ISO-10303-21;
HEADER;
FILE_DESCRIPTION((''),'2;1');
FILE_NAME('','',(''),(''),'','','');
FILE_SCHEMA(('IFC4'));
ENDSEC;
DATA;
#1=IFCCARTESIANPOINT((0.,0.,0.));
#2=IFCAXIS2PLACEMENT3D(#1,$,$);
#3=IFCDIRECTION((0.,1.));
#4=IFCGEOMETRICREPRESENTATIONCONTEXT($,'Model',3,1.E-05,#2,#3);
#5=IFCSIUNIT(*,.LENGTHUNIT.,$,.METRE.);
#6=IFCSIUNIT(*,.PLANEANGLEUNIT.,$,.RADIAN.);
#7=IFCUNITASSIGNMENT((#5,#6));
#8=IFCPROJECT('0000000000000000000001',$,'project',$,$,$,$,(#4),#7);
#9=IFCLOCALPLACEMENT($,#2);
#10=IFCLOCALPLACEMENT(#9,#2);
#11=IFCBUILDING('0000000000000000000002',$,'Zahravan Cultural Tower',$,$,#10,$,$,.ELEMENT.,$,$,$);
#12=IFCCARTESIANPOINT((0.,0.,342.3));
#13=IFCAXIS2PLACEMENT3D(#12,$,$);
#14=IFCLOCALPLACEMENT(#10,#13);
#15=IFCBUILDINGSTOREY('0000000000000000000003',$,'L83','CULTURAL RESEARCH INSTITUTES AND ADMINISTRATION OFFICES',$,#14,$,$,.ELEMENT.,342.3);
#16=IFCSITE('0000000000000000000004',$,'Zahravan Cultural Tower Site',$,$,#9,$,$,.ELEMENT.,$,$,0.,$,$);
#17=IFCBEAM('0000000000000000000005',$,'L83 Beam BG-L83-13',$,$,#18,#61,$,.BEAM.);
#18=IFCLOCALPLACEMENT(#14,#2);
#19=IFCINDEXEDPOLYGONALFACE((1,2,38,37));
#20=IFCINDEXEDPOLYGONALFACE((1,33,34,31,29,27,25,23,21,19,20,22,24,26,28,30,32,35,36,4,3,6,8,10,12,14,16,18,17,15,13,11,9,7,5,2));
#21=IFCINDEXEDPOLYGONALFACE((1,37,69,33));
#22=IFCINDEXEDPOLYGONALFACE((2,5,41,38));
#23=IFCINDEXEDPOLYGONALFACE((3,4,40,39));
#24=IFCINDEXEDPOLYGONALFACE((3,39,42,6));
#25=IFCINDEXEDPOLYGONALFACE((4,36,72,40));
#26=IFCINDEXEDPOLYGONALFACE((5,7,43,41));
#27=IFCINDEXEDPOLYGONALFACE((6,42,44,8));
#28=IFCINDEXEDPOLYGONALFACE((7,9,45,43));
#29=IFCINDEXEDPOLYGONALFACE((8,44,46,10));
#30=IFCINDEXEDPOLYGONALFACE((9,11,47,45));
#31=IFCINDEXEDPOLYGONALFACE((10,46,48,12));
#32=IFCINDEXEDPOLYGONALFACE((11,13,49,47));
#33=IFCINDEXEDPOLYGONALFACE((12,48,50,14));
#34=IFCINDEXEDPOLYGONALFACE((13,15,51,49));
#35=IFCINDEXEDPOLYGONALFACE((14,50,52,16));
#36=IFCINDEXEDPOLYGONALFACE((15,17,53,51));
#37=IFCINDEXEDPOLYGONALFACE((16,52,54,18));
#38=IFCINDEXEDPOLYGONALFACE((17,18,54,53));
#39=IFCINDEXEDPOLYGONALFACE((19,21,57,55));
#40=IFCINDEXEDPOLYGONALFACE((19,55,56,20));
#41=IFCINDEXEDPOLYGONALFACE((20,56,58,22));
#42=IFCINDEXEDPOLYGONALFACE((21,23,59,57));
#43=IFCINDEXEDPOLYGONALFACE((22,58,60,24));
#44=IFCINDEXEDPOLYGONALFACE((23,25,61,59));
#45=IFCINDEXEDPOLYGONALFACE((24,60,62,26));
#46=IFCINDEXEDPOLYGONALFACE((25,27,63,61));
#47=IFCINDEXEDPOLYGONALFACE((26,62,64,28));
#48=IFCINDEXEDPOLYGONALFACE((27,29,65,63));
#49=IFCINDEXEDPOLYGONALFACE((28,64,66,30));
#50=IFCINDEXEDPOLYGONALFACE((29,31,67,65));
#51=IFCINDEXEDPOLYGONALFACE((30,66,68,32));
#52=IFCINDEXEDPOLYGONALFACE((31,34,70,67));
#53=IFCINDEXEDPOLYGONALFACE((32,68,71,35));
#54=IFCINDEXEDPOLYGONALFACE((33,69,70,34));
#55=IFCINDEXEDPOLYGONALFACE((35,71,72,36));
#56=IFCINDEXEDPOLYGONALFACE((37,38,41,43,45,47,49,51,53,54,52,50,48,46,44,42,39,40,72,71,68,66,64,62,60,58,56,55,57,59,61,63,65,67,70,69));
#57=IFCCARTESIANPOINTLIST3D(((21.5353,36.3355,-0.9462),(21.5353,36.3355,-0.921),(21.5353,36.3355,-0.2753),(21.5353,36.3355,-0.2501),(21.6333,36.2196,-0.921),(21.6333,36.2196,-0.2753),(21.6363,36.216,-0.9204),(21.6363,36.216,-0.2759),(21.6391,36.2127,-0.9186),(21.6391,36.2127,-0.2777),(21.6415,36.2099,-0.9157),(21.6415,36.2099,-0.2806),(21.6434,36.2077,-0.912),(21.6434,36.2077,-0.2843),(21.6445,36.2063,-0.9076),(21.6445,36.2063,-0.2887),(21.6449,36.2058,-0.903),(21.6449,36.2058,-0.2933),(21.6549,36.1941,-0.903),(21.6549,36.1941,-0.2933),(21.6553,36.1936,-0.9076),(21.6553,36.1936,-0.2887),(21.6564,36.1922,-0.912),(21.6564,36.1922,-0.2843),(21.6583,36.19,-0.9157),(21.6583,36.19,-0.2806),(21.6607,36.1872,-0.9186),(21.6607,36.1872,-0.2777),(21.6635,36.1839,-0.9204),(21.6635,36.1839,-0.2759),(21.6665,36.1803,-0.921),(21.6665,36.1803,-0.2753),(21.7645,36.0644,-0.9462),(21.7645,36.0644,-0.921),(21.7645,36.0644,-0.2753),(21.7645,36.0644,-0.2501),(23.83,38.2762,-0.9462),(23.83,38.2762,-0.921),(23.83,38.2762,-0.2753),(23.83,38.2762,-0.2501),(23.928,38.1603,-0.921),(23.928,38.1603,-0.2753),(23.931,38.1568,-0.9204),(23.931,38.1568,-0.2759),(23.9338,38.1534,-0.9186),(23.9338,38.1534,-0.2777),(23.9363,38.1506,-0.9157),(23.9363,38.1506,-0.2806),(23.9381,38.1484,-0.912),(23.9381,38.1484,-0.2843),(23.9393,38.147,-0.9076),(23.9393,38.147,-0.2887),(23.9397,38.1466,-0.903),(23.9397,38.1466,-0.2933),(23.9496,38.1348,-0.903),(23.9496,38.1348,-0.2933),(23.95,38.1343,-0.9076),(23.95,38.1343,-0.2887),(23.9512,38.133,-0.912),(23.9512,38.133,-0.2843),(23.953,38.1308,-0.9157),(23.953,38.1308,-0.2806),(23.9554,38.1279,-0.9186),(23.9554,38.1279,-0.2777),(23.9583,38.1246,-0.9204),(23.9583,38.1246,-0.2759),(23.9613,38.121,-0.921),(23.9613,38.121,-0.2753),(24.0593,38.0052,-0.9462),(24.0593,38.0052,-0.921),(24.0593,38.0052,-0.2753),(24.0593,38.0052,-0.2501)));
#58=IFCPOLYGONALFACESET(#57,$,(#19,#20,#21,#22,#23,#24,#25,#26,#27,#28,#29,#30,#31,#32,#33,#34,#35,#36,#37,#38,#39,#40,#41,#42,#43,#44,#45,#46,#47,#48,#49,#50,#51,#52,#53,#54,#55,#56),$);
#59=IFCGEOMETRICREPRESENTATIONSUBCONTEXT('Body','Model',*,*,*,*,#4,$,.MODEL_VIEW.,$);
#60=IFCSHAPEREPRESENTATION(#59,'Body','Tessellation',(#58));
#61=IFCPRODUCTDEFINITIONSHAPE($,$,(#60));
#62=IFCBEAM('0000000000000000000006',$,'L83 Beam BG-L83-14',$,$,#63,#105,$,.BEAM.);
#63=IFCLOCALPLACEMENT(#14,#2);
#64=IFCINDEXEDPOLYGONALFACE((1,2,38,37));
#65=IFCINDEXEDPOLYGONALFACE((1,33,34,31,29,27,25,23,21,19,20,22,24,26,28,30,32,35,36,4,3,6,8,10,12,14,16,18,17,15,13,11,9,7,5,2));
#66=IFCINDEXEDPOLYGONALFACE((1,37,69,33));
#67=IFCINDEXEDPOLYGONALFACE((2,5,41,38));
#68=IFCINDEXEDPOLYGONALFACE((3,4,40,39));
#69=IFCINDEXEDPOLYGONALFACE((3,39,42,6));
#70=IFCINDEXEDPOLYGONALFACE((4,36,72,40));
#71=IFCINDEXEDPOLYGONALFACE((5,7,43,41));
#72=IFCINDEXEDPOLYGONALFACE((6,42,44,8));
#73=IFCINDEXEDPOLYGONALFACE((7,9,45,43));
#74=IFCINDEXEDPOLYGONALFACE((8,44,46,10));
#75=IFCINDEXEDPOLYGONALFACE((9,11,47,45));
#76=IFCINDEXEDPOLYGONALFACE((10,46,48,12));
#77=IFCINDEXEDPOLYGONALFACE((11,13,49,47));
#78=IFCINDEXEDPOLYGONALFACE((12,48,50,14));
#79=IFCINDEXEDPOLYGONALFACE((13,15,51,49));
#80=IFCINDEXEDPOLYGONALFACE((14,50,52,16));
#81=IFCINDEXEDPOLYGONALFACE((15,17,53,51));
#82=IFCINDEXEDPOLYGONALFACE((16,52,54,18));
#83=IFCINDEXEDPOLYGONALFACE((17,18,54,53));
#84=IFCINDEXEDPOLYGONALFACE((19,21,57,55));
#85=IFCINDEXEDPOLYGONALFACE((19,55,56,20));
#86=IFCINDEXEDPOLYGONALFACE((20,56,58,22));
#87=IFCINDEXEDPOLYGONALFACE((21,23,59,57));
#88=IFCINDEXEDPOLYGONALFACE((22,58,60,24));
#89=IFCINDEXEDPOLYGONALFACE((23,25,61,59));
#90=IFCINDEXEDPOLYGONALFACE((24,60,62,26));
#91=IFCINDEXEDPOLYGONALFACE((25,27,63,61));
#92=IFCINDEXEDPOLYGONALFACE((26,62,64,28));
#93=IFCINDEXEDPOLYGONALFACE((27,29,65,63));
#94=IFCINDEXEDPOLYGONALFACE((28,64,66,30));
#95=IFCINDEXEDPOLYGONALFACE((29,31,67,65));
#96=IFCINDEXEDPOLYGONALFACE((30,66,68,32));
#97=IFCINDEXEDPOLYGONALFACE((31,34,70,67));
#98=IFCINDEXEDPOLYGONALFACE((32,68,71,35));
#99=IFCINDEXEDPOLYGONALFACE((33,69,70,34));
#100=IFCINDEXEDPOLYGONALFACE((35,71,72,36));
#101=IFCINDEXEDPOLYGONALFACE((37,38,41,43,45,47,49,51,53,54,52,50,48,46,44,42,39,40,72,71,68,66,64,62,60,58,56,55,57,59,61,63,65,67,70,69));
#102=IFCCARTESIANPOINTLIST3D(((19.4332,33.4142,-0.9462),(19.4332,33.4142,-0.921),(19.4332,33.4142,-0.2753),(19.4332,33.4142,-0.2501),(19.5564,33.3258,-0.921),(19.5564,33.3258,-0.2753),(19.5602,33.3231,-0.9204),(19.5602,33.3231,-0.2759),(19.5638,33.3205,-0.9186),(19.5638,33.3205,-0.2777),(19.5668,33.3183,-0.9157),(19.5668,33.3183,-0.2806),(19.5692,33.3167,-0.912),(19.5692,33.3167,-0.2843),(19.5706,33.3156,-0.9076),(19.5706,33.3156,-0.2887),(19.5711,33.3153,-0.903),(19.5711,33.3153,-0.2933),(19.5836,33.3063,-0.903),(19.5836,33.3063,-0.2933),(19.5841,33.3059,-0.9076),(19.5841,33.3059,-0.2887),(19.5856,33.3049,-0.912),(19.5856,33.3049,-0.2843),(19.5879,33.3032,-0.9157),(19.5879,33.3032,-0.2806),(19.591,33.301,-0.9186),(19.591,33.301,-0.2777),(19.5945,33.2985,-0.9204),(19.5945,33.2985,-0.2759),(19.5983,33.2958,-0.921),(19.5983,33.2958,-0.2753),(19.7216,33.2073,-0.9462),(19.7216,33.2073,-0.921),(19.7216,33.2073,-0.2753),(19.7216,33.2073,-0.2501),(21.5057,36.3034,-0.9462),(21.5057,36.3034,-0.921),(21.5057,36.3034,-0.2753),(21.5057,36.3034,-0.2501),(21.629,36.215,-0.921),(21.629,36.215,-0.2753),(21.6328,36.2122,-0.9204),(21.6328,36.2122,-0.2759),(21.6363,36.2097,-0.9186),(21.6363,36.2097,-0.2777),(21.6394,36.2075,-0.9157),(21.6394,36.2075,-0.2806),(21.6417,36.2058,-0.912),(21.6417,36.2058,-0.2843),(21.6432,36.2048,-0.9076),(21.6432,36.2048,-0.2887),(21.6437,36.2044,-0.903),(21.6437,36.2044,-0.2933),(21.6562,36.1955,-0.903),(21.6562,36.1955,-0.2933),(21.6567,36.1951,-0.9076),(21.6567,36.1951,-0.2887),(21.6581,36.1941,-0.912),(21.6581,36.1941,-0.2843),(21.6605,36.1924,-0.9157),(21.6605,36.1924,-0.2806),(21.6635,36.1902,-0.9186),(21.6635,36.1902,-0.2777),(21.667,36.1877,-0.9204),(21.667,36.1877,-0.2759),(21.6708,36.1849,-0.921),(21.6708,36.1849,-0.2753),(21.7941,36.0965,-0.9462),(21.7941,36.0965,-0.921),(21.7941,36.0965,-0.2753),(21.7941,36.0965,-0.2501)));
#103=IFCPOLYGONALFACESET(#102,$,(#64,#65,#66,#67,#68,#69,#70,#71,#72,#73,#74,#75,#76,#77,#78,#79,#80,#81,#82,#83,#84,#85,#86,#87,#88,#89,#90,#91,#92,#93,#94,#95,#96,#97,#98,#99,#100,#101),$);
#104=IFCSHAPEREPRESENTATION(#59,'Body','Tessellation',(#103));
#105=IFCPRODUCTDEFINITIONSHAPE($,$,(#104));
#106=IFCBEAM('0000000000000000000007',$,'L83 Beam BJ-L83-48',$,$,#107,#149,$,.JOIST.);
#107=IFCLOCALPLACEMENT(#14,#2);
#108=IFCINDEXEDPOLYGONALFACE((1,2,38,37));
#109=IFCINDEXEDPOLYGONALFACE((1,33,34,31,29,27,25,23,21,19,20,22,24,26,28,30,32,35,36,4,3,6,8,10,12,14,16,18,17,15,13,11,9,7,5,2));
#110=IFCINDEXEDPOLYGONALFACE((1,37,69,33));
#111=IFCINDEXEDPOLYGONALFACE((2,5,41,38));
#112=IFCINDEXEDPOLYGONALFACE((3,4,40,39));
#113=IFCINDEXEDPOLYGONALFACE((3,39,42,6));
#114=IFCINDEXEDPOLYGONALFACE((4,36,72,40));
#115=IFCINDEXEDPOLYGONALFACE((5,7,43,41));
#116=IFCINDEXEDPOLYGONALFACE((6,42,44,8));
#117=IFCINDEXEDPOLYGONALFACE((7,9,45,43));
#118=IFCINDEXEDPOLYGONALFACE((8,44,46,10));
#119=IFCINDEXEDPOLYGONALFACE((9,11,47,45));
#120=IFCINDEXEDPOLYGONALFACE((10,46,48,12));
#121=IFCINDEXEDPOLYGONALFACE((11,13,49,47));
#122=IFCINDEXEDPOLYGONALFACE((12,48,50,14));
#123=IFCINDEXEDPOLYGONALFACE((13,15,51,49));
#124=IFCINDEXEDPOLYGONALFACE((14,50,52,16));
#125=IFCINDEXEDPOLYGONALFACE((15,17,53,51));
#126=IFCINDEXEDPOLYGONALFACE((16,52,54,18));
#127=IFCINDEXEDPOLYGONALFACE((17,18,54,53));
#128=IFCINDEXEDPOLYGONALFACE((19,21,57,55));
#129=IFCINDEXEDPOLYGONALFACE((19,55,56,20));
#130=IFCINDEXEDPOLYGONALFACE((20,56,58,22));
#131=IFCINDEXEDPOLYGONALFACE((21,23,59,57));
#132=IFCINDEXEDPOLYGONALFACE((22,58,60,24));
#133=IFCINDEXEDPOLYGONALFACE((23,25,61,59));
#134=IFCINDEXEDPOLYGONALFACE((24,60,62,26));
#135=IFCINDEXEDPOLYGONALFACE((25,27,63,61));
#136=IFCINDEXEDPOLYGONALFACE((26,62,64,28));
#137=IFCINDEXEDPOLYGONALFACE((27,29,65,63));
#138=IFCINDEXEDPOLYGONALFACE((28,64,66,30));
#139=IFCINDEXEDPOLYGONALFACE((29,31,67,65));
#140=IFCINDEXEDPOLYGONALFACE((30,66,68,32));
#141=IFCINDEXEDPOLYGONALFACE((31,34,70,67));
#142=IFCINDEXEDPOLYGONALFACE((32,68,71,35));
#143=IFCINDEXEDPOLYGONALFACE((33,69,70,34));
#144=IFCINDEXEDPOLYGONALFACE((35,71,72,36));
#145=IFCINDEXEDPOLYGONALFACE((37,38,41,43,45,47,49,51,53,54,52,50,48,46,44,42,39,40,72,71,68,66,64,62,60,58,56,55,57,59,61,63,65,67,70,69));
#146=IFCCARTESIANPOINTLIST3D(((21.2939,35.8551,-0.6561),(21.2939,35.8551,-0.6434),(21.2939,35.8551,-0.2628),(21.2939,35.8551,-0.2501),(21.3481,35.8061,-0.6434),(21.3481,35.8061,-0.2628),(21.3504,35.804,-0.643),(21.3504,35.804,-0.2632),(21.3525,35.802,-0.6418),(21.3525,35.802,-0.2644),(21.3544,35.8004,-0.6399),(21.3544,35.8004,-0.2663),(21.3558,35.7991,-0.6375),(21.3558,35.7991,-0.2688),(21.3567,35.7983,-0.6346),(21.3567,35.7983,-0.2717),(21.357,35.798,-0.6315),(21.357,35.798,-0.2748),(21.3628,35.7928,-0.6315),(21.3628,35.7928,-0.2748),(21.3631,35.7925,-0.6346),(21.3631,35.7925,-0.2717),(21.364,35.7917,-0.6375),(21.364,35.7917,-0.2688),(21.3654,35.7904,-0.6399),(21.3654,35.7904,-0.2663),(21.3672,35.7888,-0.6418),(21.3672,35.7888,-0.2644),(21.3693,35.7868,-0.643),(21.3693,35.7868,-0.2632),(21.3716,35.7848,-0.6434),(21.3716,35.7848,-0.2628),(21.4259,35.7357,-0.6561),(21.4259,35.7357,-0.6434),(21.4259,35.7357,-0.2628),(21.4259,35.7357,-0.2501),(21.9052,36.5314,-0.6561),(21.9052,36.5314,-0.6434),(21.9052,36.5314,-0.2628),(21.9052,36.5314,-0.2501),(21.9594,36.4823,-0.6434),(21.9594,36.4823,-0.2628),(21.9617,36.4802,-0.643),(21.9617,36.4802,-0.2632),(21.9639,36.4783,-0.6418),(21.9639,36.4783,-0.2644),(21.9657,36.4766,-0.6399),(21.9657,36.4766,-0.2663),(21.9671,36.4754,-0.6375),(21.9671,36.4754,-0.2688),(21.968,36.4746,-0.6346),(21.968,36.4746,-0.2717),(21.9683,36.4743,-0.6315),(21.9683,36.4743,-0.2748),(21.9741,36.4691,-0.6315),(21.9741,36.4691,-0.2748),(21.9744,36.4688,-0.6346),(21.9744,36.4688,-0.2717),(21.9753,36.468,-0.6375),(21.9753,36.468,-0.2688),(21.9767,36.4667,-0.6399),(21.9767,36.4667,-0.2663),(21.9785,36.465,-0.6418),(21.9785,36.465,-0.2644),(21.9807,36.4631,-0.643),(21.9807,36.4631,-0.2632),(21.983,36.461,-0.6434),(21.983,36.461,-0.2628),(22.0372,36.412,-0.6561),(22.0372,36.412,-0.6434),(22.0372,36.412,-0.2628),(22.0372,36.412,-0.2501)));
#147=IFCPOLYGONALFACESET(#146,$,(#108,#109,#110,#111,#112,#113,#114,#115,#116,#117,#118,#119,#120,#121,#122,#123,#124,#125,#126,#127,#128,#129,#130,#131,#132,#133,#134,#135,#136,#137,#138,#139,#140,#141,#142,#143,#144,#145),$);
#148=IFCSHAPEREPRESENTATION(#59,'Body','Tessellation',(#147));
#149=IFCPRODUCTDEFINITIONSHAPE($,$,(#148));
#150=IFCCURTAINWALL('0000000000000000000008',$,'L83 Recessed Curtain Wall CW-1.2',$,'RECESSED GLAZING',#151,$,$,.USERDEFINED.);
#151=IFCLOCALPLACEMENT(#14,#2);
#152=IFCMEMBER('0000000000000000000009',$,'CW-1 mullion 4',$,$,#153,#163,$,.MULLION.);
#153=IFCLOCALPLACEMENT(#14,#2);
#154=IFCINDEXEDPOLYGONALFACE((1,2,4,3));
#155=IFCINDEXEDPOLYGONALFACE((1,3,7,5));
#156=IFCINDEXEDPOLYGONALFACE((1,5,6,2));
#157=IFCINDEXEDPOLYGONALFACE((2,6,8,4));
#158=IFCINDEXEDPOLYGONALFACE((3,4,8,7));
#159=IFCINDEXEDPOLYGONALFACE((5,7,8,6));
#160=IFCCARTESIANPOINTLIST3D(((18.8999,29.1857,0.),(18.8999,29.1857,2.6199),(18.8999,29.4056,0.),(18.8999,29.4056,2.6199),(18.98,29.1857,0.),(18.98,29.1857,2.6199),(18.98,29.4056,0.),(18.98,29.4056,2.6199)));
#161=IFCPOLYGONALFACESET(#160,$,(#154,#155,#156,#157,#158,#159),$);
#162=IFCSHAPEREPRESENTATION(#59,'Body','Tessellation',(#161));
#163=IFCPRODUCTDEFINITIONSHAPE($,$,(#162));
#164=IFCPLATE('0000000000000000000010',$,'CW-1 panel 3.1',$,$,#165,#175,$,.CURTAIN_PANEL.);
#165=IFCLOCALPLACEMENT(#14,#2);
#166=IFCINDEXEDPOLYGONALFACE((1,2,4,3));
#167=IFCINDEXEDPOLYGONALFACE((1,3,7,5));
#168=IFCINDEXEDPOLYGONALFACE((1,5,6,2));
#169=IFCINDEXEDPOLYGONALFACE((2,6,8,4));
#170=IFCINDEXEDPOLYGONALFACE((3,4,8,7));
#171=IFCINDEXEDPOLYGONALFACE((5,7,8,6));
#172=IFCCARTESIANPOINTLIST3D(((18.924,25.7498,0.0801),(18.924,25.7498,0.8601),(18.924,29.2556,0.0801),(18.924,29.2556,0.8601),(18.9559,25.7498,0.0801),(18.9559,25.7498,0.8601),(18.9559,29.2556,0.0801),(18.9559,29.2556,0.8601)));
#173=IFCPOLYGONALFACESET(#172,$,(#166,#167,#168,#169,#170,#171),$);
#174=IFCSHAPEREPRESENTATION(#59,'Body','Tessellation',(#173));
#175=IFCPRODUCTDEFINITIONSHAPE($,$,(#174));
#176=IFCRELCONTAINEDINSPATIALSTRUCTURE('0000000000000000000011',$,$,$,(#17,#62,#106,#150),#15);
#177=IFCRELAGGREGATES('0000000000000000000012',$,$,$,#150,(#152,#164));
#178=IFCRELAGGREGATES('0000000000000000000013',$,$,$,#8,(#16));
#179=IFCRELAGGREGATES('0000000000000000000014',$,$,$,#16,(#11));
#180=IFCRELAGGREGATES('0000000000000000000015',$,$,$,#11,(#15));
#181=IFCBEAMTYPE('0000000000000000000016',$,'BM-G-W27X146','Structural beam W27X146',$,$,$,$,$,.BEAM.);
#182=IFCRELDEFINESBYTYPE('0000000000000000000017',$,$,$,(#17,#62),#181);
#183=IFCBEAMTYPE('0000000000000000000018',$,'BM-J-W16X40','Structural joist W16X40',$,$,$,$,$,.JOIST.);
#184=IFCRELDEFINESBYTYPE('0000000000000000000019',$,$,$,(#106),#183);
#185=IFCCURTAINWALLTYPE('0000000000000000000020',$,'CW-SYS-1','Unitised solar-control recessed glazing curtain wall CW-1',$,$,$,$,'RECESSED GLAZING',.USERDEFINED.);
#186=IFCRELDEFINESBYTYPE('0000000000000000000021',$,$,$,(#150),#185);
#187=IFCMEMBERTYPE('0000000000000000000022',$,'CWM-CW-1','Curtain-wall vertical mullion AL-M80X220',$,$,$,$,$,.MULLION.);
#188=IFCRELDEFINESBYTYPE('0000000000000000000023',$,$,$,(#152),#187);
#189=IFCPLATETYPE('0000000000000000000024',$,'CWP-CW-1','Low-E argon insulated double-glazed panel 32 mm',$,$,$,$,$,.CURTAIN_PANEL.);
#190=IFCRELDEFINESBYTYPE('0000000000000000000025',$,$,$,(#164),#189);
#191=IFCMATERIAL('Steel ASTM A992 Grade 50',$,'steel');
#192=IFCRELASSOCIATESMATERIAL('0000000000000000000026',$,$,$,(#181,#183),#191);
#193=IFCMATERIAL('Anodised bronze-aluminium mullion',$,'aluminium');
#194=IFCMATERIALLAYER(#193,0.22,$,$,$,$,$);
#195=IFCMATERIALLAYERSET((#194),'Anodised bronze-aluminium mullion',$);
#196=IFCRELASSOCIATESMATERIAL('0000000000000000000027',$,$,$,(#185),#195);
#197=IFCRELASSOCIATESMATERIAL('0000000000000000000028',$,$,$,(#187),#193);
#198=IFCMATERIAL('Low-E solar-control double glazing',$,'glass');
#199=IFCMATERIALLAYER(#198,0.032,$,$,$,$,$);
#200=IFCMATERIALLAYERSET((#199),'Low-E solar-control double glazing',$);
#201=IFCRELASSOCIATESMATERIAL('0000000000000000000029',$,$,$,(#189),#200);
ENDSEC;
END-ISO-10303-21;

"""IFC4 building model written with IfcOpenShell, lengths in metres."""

from ifc_helpers import new_model, si_unit, direction, frame, origin, origin_2d, place, context, subcontext, project, spatial, rectangle, i_section, extrude, source, transform, mapped, material, layer, layer_set, material_profile, profile_set, type_object, element, aggregate, save


model = new_model("IFC4")

# Units and contexts
model_context = context("Model", 3, precision=1e-05, world=origin(), true_north=direction((0.0, 1.0)))
body_context = subcontext(model_context, "Body", "Model", "MODEL_VIEW")
ifc_project = project(units=[si_unit("LENGTHUNIT", "METRE"), si_unit("PLANEANGLEUNIT", "RADIAN")], contexts=[model_context])

# Site, building, storey
site_placement = place(None, origin())
site = spatial("IfcSite", under=ifc_project, at=site_placement, Name="Zahravan Cultural Tower Site", CompositionType="ELEMENT", RefElevation=0.0)
building_placement = place(site_placement, origin())
building = spatial("IfcBuilding", under=site, at=building_placement, Name="Zahravan Cultural Tower", CompositionType="ELEMENT")
storey_placement = place(building_placement, frame((0.0, 0.0, 342.3)))
storey = spatial("IfcBuildingStorey", under=building, at=storey_placement, Name="L83", Description="CULTURAL RESEARCH INSTITUTES AND ADMINISTRATION OFFICES", CompositionType="ELEMENT", Elevation=342.3)

# Shared definitions
ifc_material_1 = material(Name="Steel ASTM A992 Grade 50", Category="steel")

# Beams
ifc_material_profile_1 = material_profile(ifc_material_1, i_section(OverallWidth=0.355, OverallDepth=0.696, WebThickness=0.0154, FlangeThickness=0.0251, FilletRadius=0.0181, at=origin_2d()), Name="W27X146")
ifc_profile_set_1 = profile_set([ifc_material_profile_1], Name="Steel ASTM A992 Grade 50")
beam_type_1 = type_object("IfcBeamType", Name="BM-G-W27X146", Description="Structural beam W27X146", PredefinedType="BEAM", material=ifc_profile_set_1)
shared_shape_1 = source(origin(), body_context, "Body", "SweptSolid", [
    extrude(i_section(OverallWidth=0.355, OverallDepth=0.696, WebThickness=0.0154, FlangeThickness=0.0251, FilletRadius=0.0181, at=origin_2d()), origin(), (0.0, 0.0, 1.0), 3.0054),
])
beam_1_placement = place(storey_placement, frame((21.6499, 36.2, -0.5981), z_axis=(0.763546, 0.645753, 0.0), x_axis=(-0.645753, 0.763546, 0.0)))
element("IfcBeam", 1, at=beam_1_placement, inside=storey, type_object=beam_type_1, Name="L83 Beam BG-L83-13", PredefinedType="BEAM", context=body_context, shape_type="MappedRepresentation", body=[
    mapped(shared_shape_1, transform((0.0, 0.0, 0.0), x_axis=(1.0, 0.0, 0.0), y_axis=(0.0, 1.0, 0.0), z_axis=(0.0, 0.0, 1.0), scale=1.0)),
])
shared_shape_2 = source(origin(), body_context, "Body", "SweptSolid", [
    extrude(i_section(OverallWidth=0.355, OverallDepth=0.696, WebThickness=0.0154, FlangeThickness=0.0251, FilletRadius=0.0181, at=origin_2d()), origin(), (0.0, 0.0, 1.0), 3.5557),
])
beam_2_placement = place(storey_placement, frame((21.6499, 36.2, -0.5981), z_axis=(-0.58288, -0.812558, 0.0), x_axis=(0.812558, -0.58288, 0.0)))
element("IfcBeam", 2, at=beam_2_placement, inside=storey, type_object=beam_type_1, Name="L83 Beam BG-L83-14", PredefinedType="BEAM", context=body_context, shape_type="MappedRepresentation", body=[
    mapped(shared_shape_2, transform((0.0, 0.0, 0.0), x_axis=(1.0, 0.0, 0.0), y_axis=(0.0, 1.0, 0.0), z_axis=(0.0, 0.0, 1.0), scale=1.0)),
])
ifc_material_profile_2 = material_profile(ifc_material_1, i_section(OverallWidth=0.178, OverallDepth=0.406, WebThickness=0.0078, FlangeThickness=0.0127, FilletRadius=0.012, at=origin_2d()), Name="W16X40")
ifc_profile_set_2 = profile_set([ifc_material_profile_2], Name="Steel ASTM A992 Grade 50")
beam_type_2 = type_object("IfcBeamType", Name="BM-J-W16X40", Description="Structural joist W16X40", PredefinedType="JOIST", material=ifc_profile_set_2)
shared_shape_3 = source(origin(), body_context, "Body", "SweptSolid", [
    extrude(i_section(OverallWidth=0.178, OverallDepth=0.406, WebThickness=0.0078, FlangeThickness=0.0127, FilletRadius=0.012, at=origin_2d()), origin(), (0.0, 0.0, 1.0), 0.9116),
])
beam_3_placement = place(storey_placement, frame((21.9712, 36.4717, -0.4531), z_axis=(-0.670591, -0.741828, 0.0), x_axis=(0.741828, -0.670591, 0.0)))
element("IfcBeam", 3, at=beam_3_placement, inside=storey, type_object=beam_type_2, Name="L83 Beam BJ-L83-48", PredefinedType="JOIST", context=body_context, shape_type="MappedRepresentation", body=[
    mapped(shared_shape_3, transform((0.0, 0.0, 0.0), x_axis=(1.0, 0.0, 0.0), y_axis=(0.0, 1.0, 0.0), z_axis=(0.0, 0.0, 1.0), scale=1.0)),
])

# Curtain wall, member, plate
ifc_material_2 = material(Name="Anodised bronze-aluminium mullion", Category="aluminium")
ifc_layer_1 = layer(ifc_material_2, 0.22)
ifc_layer_set_1 = layer_set([ifc_layer_1], Name="Anodised bronze-aluminium mullion")
curtain_wall_type = type_object("IfcCurtainWallType", Name="CW-SYS-1", Description="Unitised solar-control recessed glazing curtain wall CW-1", ElementType="RECESSED GLAZING", PredefinedType="USERDEFINED", material=ifc_layer_set_1)
curtain_wall_placement = place(storey_placement, origin())
curtain_wall = element("IfcCurtainWall", 4, at=curtain_wall_placement, inside=storey, type_object=curtain_wall_type, Name="L83 Recessed Curtain Wall CW-1.2", ObjectType="RECESSED GLAZING", PredefinedType="USERDEFINED")
ifc_material_profile_3 = material_profile(ifc_material_2, rectangle(XDim=0.0801, YDim=0.22, at=origin_2d()), Name="AL-M80X220")
ifc_profile_set_3 = profile_set([ifc_material_profile_3], Name="Anodised bronze-aluminium mullion")
member_type = type_object("IfcMemberType", Name="CWM-CW-1", Description="Curtain-wall vertical mullion AL-M80X220", PredefinedType="MULLION", material=ifc_profile_set_3)
shared_shape_4 = source(origin(), body_context, "Body", "SweptSolid", [
    extrude(rectangle(XDim=0.0801, YDim=0.22, at=origin_2d()), origin(), (0.0, 0.0, 1.0), 2.6199),
])
member_placement = place(storey_placement, frame((18.9399, 29.2957, 0.0), z_axis=(0.0, 0.0, 1.0), x_axis=(-1.0, 0.0, 0.0)))
member = element("IfcMember", 5, at=member_placement, type_object=member_type, Name="CW-1 mullion 4", PredefinedType="MULLION", context=body_context, shape_type="MappedRepresentation", body=[
    mapped(shared_shape_4, transform((0.0, 0.0, 0.0), x_axis=(1.0, 0.0, 0.0), y_axis=(0.0, 1.0, 0.0), z_axis=(0.0, 0.0, 1.0), scale=1.0)),
])
ifc_material_3 = material(Name="Low-E solar-control double glazing", Category="glass")
ifc_layer_2 = layer(ifc_material_3, 0.032)
ifc_layer_set_2 = layer_set([ifc_layer_2], Name="Low-E solar-control double glazing")
plate_type = type_object("IfcPlateType", Name="CWP-CW-1", Description="Low-E argon insulated double-glazed panel 32 mm", PredefinedType="CURTAIN_PANEL", material=ifc_layer_set_2)
shared_shape_5 = source(origin(), body_context, "Body", "SweptSolid", [
    extrude(rectangle(XDim=3.5059, YDim=0.032, at=origin_2d()), origin(), (0.0, 0.0, 1.0), 0.78),
])
plate_1_placement = place(storey_placement, frame((18.9399, 27.5027, 0.0801), z_axis=(0.0, 0.0, 1.0), x_axis=(0.0, 1.0, 0.0)))
plate_1 = element("IfcPlate", 6, at=plate_1_placement, type_object=plate_type, Name="CW-1 panel 3.1", PredefinedType="CURTAIN_PANEL", context=body_context, shape_type="MappedRepresentation", body=[
    mapped(shared_shape_5, transform((0.0, 0.0, 0.0), x_axis=(1.0, 0.0, 0.0), y_axis=(0.0, 1.0, 0.0), z_axis=(0.0, 0.0, 1.0), scale=1.0)),
])
aggregate(curtain_wall, [member, plate_1])

save(model, "model.ifc")
